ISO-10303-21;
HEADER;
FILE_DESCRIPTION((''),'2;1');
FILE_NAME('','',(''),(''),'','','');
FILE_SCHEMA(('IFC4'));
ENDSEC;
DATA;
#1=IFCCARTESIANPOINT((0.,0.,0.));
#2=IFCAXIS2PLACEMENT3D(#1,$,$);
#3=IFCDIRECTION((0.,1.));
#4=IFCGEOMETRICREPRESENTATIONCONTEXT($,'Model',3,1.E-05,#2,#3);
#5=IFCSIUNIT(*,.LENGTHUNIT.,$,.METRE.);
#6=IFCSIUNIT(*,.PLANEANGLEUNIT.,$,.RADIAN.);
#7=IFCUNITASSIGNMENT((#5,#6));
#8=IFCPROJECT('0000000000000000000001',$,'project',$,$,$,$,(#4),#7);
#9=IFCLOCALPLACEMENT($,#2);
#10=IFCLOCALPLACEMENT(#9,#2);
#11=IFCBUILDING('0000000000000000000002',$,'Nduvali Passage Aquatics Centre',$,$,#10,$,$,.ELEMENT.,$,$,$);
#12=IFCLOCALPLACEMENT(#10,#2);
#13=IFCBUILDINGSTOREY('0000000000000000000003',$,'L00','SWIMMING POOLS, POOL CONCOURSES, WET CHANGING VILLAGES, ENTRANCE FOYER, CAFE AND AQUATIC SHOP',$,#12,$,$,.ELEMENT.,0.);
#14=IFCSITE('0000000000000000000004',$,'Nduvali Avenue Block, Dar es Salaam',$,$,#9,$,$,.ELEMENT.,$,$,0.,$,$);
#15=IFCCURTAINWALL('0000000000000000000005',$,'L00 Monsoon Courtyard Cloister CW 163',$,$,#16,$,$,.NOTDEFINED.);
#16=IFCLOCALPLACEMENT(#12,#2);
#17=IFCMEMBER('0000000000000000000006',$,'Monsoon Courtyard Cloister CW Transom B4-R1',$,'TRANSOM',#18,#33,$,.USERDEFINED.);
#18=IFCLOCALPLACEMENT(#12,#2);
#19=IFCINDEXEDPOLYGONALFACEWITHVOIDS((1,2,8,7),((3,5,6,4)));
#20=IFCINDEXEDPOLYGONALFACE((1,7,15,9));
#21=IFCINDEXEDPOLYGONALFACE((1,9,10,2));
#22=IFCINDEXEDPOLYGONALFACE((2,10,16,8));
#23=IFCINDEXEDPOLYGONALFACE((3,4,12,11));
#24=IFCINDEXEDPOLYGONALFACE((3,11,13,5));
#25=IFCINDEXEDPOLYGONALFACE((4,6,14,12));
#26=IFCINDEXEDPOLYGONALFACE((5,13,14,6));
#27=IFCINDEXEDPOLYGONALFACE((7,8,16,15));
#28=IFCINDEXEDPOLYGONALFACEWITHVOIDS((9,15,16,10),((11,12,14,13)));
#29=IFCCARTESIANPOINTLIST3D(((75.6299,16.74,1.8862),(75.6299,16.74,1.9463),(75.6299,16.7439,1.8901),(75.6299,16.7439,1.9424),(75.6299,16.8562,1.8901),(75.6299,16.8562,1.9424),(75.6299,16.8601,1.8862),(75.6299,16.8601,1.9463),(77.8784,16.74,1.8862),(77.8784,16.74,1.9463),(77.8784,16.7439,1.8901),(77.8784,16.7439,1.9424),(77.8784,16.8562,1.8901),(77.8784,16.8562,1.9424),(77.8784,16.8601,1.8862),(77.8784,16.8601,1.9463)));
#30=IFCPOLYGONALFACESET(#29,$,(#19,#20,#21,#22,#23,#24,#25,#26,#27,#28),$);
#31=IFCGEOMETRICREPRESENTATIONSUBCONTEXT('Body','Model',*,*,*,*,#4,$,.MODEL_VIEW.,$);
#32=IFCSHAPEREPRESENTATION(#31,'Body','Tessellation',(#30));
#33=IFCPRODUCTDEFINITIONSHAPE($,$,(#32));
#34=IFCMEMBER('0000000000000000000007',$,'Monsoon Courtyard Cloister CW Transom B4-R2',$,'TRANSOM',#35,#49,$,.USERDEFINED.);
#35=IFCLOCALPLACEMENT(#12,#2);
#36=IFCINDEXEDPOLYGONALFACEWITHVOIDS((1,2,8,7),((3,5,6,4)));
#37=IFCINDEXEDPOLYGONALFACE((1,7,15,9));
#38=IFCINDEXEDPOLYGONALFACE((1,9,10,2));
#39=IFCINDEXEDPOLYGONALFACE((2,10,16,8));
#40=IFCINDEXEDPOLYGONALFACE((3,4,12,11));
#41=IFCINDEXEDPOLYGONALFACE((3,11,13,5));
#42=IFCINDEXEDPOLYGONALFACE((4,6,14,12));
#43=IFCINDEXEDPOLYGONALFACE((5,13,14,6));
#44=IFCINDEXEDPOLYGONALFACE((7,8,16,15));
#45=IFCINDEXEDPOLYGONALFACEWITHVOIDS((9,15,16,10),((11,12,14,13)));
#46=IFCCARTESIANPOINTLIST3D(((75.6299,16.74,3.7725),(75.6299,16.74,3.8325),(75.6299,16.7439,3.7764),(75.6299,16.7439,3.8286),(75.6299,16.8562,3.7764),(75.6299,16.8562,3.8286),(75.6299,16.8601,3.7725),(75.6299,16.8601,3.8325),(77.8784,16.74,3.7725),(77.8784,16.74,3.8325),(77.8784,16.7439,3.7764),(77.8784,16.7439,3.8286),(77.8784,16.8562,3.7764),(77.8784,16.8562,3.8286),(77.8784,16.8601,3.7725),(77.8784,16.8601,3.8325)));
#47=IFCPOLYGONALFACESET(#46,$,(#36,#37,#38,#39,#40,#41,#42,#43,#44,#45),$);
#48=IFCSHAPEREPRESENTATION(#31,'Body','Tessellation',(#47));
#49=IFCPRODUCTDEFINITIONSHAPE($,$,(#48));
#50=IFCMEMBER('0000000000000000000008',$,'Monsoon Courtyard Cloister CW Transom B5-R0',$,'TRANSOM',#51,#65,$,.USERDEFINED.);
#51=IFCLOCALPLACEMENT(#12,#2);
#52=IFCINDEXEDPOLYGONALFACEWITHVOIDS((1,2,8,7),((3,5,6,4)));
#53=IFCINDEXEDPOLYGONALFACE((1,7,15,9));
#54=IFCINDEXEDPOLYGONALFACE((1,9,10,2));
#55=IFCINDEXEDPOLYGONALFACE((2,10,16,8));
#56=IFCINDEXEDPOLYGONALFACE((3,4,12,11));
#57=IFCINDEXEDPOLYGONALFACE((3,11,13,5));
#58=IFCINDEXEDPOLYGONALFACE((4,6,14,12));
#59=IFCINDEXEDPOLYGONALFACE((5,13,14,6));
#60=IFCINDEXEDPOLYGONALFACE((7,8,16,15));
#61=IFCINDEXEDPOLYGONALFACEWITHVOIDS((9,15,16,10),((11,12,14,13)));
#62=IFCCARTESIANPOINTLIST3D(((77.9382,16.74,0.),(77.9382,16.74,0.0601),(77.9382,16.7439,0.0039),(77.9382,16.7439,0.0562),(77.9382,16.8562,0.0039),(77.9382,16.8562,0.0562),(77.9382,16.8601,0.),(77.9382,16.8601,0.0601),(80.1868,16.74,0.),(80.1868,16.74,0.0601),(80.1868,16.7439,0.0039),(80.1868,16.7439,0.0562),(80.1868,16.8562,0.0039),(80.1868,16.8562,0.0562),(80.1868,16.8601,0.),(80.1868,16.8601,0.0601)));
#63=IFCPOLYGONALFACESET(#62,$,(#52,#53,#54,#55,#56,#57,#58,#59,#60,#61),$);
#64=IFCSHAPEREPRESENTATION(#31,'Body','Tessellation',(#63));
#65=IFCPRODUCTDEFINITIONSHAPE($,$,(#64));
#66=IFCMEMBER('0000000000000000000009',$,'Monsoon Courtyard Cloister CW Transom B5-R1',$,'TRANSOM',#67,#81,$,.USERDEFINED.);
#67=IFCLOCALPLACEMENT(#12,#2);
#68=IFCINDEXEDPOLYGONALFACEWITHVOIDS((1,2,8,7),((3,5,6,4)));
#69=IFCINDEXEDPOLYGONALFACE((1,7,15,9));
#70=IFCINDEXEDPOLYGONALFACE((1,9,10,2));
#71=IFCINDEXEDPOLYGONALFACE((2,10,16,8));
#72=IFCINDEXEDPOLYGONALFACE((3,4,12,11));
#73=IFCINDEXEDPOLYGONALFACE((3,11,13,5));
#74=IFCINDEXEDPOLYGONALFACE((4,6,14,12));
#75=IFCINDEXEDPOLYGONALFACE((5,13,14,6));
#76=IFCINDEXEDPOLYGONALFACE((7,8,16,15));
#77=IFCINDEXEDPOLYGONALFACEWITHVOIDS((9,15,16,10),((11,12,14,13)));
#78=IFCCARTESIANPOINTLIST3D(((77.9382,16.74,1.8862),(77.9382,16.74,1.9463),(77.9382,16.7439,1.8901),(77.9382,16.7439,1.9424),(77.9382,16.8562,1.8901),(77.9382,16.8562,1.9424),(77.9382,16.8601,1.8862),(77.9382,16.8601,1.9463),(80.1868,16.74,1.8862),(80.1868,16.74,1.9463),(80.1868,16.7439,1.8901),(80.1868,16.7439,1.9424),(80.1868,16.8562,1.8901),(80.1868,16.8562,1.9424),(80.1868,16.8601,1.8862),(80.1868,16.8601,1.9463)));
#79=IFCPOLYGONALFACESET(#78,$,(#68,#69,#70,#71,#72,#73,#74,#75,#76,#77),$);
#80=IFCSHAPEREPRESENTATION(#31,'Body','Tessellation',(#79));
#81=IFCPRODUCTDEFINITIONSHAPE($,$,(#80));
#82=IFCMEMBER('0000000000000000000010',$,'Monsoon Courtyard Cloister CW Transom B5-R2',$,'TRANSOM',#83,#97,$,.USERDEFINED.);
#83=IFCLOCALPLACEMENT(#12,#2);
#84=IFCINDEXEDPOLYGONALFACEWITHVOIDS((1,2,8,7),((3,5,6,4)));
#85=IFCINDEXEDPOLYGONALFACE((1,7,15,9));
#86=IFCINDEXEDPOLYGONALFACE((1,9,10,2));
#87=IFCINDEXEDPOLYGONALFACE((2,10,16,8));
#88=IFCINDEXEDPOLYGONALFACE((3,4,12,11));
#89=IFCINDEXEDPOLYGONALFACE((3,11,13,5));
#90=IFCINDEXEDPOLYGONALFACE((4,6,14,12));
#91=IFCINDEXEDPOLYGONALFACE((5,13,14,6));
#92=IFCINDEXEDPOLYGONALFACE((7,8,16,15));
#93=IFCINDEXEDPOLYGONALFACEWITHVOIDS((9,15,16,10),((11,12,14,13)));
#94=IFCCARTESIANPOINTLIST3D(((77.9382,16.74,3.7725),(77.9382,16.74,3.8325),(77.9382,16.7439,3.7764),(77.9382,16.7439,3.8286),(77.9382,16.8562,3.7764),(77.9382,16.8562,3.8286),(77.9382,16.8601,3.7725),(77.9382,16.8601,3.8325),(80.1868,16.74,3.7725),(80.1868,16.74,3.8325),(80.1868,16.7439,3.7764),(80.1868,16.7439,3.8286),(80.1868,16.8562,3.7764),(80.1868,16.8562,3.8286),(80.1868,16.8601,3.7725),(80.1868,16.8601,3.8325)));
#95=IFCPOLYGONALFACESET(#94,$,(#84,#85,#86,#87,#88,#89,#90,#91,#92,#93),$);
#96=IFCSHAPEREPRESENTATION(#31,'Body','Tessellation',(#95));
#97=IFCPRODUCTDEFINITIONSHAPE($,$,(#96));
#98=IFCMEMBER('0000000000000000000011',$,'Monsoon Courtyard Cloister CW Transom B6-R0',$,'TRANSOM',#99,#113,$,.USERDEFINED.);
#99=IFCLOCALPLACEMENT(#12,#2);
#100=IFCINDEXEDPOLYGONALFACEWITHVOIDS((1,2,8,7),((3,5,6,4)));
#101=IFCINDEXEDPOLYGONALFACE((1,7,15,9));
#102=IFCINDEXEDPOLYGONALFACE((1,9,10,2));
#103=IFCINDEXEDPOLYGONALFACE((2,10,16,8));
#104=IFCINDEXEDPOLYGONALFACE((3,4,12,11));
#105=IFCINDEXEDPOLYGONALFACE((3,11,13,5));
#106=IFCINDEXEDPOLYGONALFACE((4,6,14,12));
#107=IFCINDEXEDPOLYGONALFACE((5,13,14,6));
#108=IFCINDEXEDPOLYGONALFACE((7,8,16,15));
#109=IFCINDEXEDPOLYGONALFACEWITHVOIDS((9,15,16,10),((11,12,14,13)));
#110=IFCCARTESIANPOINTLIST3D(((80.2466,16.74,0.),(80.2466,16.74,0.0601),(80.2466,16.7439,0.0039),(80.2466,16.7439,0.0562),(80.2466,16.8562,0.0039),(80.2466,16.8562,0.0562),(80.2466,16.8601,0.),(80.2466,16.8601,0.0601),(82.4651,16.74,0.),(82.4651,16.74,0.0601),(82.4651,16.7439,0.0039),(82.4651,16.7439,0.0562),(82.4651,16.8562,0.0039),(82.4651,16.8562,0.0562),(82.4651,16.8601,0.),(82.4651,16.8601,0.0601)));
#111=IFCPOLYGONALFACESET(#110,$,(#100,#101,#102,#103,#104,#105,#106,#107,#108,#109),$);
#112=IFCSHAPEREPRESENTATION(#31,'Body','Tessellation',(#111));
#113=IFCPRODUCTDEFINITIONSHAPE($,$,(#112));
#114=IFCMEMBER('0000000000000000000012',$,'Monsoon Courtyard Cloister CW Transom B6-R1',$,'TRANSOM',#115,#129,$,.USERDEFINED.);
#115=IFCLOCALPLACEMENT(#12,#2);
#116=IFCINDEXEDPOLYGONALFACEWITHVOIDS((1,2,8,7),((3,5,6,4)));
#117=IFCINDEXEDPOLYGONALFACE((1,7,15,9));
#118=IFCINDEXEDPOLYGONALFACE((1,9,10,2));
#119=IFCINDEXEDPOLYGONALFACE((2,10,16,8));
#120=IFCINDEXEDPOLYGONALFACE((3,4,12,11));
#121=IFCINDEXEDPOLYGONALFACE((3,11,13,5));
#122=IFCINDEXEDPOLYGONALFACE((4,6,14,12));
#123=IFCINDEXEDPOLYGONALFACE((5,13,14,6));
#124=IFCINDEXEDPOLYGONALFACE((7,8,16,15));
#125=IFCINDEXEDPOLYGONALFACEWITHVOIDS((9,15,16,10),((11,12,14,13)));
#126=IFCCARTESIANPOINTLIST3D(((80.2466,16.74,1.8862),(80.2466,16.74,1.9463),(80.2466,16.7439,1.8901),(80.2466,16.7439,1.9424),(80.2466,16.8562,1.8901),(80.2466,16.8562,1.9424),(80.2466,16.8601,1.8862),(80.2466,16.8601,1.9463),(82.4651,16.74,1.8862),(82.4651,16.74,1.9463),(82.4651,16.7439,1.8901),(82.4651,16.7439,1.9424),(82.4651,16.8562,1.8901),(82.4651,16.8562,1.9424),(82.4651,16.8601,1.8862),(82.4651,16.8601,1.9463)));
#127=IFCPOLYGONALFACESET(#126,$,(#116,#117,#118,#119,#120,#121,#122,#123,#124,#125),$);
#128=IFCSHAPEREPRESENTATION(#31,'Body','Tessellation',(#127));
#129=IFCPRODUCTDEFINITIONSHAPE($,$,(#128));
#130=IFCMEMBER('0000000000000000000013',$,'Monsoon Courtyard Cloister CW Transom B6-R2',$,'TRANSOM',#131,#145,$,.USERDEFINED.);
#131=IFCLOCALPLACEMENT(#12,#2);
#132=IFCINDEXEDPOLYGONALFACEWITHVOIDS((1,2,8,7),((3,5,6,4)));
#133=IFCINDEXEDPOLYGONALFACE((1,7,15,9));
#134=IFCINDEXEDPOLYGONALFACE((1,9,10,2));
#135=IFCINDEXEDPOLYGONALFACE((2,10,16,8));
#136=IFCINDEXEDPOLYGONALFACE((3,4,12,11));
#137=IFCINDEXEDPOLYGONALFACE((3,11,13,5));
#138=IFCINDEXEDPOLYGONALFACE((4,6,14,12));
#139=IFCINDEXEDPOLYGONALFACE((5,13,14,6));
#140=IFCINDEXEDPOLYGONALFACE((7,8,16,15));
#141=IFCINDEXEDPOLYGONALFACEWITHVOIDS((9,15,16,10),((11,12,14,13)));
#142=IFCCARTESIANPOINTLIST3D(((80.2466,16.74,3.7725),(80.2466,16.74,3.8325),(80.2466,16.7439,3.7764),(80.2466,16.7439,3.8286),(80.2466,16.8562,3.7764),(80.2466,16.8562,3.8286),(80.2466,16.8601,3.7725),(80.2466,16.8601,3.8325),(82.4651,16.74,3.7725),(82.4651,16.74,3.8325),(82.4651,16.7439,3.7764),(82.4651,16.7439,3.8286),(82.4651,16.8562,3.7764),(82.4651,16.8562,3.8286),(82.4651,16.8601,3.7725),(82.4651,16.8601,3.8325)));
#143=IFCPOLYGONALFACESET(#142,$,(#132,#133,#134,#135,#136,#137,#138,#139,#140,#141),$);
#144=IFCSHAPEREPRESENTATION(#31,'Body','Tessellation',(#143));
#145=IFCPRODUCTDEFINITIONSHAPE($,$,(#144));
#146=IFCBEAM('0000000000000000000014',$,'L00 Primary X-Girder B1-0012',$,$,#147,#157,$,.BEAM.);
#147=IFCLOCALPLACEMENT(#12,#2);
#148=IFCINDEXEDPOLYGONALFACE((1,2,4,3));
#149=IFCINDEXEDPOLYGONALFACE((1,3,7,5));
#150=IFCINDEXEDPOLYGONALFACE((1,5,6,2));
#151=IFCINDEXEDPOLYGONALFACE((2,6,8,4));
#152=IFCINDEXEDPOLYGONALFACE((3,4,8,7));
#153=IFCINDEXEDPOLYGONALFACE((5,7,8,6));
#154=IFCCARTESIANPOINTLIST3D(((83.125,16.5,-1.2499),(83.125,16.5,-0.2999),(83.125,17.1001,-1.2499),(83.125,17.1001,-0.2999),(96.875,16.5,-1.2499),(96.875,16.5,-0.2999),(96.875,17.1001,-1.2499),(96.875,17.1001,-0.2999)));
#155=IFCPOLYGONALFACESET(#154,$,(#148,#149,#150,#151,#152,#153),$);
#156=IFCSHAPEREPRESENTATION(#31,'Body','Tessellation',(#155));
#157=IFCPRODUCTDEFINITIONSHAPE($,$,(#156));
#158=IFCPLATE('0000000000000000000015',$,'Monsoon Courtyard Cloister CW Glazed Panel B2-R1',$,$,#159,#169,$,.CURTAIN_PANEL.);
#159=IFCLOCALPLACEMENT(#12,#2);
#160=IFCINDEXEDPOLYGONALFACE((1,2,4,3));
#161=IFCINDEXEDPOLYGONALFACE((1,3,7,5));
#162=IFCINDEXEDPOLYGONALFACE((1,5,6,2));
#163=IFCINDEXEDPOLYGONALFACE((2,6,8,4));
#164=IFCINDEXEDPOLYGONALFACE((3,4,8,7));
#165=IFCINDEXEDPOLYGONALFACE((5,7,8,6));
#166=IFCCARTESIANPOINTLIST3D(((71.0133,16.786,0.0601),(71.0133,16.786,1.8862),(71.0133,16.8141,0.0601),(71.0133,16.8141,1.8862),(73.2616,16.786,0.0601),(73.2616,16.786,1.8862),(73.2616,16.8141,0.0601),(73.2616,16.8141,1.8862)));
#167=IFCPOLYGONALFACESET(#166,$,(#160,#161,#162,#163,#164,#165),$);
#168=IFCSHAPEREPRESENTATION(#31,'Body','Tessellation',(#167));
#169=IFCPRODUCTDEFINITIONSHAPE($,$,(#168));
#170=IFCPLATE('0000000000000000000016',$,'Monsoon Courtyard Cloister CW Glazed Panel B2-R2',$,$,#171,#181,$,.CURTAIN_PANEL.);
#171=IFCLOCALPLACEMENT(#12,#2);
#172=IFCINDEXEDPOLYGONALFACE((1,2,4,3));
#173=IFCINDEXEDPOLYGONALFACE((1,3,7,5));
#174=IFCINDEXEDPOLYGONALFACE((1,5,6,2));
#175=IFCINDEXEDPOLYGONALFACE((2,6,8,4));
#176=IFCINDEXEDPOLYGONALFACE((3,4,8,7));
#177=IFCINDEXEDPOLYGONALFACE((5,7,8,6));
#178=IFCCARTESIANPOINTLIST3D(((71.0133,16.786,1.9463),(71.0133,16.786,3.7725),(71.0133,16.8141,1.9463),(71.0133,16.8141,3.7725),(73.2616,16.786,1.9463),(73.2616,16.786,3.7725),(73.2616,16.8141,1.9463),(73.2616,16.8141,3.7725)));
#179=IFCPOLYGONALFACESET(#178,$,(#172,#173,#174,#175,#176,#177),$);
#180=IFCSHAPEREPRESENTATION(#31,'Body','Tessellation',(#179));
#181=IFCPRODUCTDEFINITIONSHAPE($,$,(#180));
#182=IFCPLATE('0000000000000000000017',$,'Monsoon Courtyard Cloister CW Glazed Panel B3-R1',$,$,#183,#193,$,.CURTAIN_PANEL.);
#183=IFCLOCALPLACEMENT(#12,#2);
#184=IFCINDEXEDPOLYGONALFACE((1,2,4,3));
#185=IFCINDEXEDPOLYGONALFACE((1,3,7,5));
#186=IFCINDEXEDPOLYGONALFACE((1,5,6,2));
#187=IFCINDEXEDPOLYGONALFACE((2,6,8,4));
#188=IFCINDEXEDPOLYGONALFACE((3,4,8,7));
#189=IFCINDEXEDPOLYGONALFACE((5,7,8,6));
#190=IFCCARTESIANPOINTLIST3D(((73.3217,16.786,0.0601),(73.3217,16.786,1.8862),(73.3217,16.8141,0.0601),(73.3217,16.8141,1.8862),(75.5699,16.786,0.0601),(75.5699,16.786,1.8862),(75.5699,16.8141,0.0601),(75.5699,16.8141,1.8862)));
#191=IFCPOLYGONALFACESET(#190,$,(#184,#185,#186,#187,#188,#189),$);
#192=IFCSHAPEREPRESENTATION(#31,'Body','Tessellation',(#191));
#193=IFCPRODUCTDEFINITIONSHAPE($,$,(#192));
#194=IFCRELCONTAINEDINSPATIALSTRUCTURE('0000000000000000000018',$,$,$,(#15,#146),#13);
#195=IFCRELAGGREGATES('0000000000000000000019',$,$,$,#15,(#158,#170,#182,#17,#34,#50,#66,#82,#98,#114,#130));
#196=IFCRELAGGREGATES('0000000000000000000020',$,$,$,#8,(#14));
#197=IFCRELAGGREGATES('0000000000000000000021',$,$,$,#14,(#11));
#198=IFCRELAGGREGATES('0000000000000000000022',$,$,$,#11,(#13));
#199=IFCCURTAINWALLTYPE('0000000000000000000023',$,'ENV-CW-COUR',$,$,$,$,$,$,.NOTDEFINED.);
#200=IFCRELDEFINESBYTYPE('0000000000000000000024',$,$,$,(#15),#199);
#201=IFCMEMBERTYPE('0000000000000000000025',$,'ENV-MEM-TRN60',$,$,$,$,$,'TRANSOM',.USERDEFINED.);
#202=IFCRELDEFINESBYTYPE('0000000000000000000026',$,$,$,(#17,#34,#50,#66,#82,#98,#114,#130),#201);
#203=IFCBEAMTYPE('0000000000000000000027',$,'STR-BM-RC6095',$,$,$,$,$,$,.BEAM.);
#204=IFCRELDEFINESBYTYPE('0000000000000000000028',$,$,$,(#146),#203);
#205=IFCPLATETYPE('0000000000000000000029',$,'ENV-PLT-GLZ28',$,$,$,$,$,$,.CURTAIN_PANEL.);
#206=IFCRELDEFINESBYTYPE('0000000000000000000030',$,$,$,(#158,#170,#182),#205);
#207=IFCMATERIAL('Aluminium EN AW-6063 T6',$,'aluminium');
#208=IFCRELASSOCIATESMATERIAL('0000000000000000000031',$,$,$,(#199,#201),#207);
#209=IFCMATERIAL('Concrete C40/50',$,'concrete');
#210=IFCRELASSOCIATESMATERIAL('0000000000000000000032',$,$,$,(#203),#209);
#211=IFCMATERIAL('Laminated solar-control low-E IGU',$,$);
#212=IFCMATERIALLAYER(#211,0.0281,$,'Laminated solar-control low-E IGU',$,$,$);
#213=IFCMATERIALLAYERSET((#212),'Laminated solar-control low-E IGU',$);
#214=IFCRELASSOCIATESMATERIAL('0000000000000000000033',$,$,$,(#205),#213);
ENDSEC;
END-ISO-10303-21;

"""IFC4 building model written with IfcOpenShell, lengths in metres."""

from ifc_helpers import new_model, si_unit, direction, frame, origin, origin_2d, place, context, subcontext, project, spatial, rectangle, hollow_rectangle, extrude, material, layer, layer_set, material_profile, profile_set, type_object, element, aggregate, save


model = new_model("IFC4")

# Units and contexts
model_context = context("Model", 3, precision=1e-05, world=origin(), true_north=direction((0.0, 1.0)))
body_context = subcontext(model_context, "Body", "Model", "MODEL_VIEW")
ifc_project = project(units=[si_unit("LENGTHUNIT", "METRE"), si_unit("PLANEANGLEUNIT", "RADIAN")], contexts=[model_context])

# Site, building, storey
site_placement = place(None, origin())
site = spatial("IfcSite", under=ifc_project, at=site_placement, Name="Nduvali Avenue Block, Dar es Salaam", CompositionType="ELEMENT", RefElevation=0.0)
building_placement = place(site_placement, origin())
building = spatial("IfcBuilding", under=site, at=building_placement, Name="Nduvali Passage Aquatics Centre", CompositionType="ELEMENT")
storey_placement = place(building_placement, origin())
storey = spatial("IfcBuildingStorey", under=building, at=storey_placement, Name="L00", Description="SWIMMING POOLS, POOL CONCOURSES, WET CHANGING VILLAGES, ENTRANCE FOYER, CAFE AND AQUATIC SHOP", CompositionType="ELEMENT", Elevation=0.0)

# Shared definitions
ifc_material_1 = material(Name="Concrete C40/50", Category="concrete")

# Curtain wall
ifc_material_2 = material(Name="Aluminium EN AW-6063 T6", Category="aluminium")
curtain_wall_type = type_object("IfcCurtainWallType", Name="ENV-CW-COUR", PredefinedType="NOTDEFINED", material=ifc_material_2)
curtain_wall_1_placement = place(storey_placement, origin())
curtain_wall_1 = element("IfcCurtainWall", 1, at=curtain_wall_1_placement, inside=storey, type_object=curtain_wall_type, Name="L00 Monsoon Courtyard Cloister CW 163", PredefinedType="NOTDEFINED")

# Members
ifc_material_profile_1 = material_profile(ifc_material_2, hollow_rectangle(XDim=0.1201, YDim=0.0601, WallThickness=0.0039, at=origin_2d()), Name="ALU TRANSOM 120x60x4")
ifc_profile_set_1 = profile_set([ifc_material_profile_1], Name="Aluminium EN AW-6063 T6")
member_type_1 = type_object("IfcMemberType", Name="ENV-MEM-TRN60", ElementType="TRANSOM", PredefinedType="USERDEFINED", material=ifc_profile_set_1)
member_1_placement = place(storey_placement, frame((75.6299, 16.8, 1.9163), z_axis=(1.0, 0.0, 0.0), x_axis=(0.0, 1.0, 0.0)))
member_1 = element("IfcMember", 2, at=member_1_placement, type_object=member_type_1, Name="Monsoon Courtyard Cloister CW Transom B4-R1", ObjectType="TRANSOM", PredefinedType="USERDEFINED", context=body_context, shape_type="SweptSolid", body=[
    extrude(hollow_rectangle(XDim=0.1201, YDim=0.0601, WallThickness=0.0039, at=origin_2d()), origin(), (0.0, 0.0, 1.0), 2.2485),
])
member_2_placement = place(storey_placement, frame((75.6299, 16.8, 3.8025), z_axis=(1.0, 0.0, 0.0), x_axis=(0.0, 1.0, 0.0)))
member_2 = element("IfcMember", 3, at=member_2_placement, type_object=member_type_1, Name="Monsoon Courtyard Cloister CW Transom B4-R2", ObjectType="TRANSOM", PredefinedType="USERDEFINED", context=body_context, shape_type="SweptSolid", body=[
    extrude(hollow_rectangle(XDim=0.1201, YDim=0.0601, WallThickness=0.0039, at=origin_2d()), origin(), (0.0, 0.0, 1.0), 2.2485),
])
member_3_placement = place(storey_placement, frame((77.9382, 16.8, 0.03), z_axis=(1.0, 0.0, 0.0), x_axis=(0.0, 1.0, 0.0)))
member_3 = element("IfcMember", 4, at=member_3_placement, type_object=member_type_1, Name="Monsoon Courtyard Cloister CW Transom B5-R0", ObjectType="TRANSOM", PredefinedType="USERDEFINED", context=body_context, shape_type="SweptSolid", body=[
    extrude(hollow_rectangle(XDim=0.1201, YDim=0.0601, WallThickness=0.0039, at=origin_2d()), origin(), (0.0, 0.0, 1.0), 2.2485),
])
member_4_placement = place(storey_placement, frame((77.9382, 16.8, 1.9163), z_axis=(1.0, 0.0, 0.0), x_axis=(0.0, 1.0, 0.0)))
member_4 = element("IfcMember", 5, at=member_4_placement, type_object=member_type_1, Name="Monsoon Courtyard Cloister CW Transom B5-R1", ObjectType="TRANSOM", PredefinedType="USERDEFINED", context=body_context, shape_type="SweptSolid", body=[
    extrude(hollow_rectangle(XDim=0.1201, YDim=0.0601, WallThickness=0.0039, at=origin_2d()), origin(), (0.0, 0.0, 1.0), 2.2485),
])
member_5_placement = place(storey_placement, frame((77.9382, 16.8, 3.8025), z_axis=(1.0, 0.0, 0.0), x_axis=(0.0, 1.0, 0.0)))
member_5 = element("IfcMember", 6, at=member_5_placement, type_object=member_type_1, Name="Monsoon Courtyard Cloister CW Transom B5-R2", ObjectType="TRANSOM", PredefinedType="USERDEFINED", context=body_context, shape_type="SweptSolid", body=[
    extrude(hollow_rectangle(XDim=0.1201, YDim=0.0601, WallThickness=0.0039, at=origin_2d()), origin(), (0.0, 0.0, 1.0), 2.2485),
])
member_6_placement = place(storey_placement, frame((80.2466, 16.8, 0.03), z_axis=(1.0, 0.0, 0.0), x_axis=(0.0, 1.0, 0.0)))
member_6 = element("IfcMember", 7, at=member_6_placement, type_object=member_type_1, Name="Monsoon Courtyard Cloister CW Transom B6-R0", ObjectType="TRANSOM", PredefinedType="USERDEFINED", context=body_context, shape_type="SweptSolid", body=[
    extrude(hollow_rectangle(XDim=0.1201, YDim=0.0601, WallThickness=0.0039, at=origin_2d()), origin(), (0.0, 0.0, 1.0), 2.2185),
])
member_7_placement = place(storey_placement, frame((80.2466, 16.8, 1.9163), z_axis=(1.0, 0.0, 0.0), x_axis=(0.0, 1.0, 0.0)))
member_7 = element("IfcMember", 8, at=member_7_placement, type_object=member_type_1, Name="Monsoon Courtyard Cloister CW Transom B6-R1", ObjectType="TRANSOM", PredefinedType="USERDEFINED", context=body_context, shape_type="SweptSolid", body=[
    extrude(hollow_rectangle(XDim=0.1201, YDim=0.0601, WallThickness=0.0039, at=origin_2d()), origin(), (0.0, 0.0, 1.0), 2.2185),
])
member_8_placement = place(storey_placement, frame((80.2466, 16.8, 3.8025), z_axis=(1.0, 0.0, 0.0), x_axis=(0.0, 1.0, 0.0)))
member_8 = element("IfcMember", 9, at=member_8_placement, type_object=member_type_1, Name="Monsoon Courtyard Cloister CW Transom B6-R2", ObjectType="TRANSOM", PredefinedType="USERDEFINED", context=body_context, shape_type="SweptSolid", body=[
    extrude(hollow_rectangle(XDim=0.1201, YDim=0.0601, WallThickness=0.0039, at=origin_2d()), origin(), (0.0, 0.0, 1.0), 2.2185),
])

# Beam
ifc_material_profile_2 = material_profile(ifc_material_1, rectangle(XDim=0.6001, YDim=0.95, at=origin_2d()), Name="RC 600x950")
ifc_profile_set_2 = profile_set([ifc_material_profile_2], Name="Concrete C40/50")
beam_type = type_object("IfcBeamType", Name="STR-BM-RC6095", PredefinedType="BEAM", material=ifc_profile_set_2)
beam_placement = place(storey_placement, frame((83.125, 16.8, -0.7749), z_axis=(1.0, 0.0, 0.0), x_axis=(0.0, 1.0, 0.0)))
element("IfcBeam", 10, at=beam_placement, inside=storey, type_object=beam_type, Name="L00 Primary X-Girder B1-0012", PredefinedType="BEAM", context=body_context, shape_type="SweptSolid", body=[
    extrude(rectangle(XDim=0.6001, YDim=0.95, at=origin_2d()), origin(), (0.0, 0.0, 1.0), 13.75),
])

# Plates
ifc_material_3 = material(Name="Laminated solar-control low-E IGU")
ifc_layer = layer(ifc_material_3, 0.0281, Name="Laminated solar-control low-E IGU")
ifc_layer_set = layer_set([ifc_layer], Name="Laminated solar-control low-E IGU")
plate_type = type_object("IfcPlateType", Name="ENV-PLT-GLZ28", PredefinedType="CURTAIN_PANEL", material=ifc_layer_set)
plate_1_placement = place(storey_placement, frame((72.1375, 16.8, 0.0601), z_axis=(0.0, 0.0, 1.0), x_axis=(1.0, 0.0, 0.0)))
plate_1 = element("IfcPlate", 11, at=plate_1_placement, type_object=plate_type, Name="Monsoon Courtyard Cloister CW Glazed Panel B2-R1", PredefinedType="CURTAIN_PANEL", context=body_context, shape_type="SweptSolid", body=[
    extrude(rectangle(XDim=2.2483, YDim=0.0281, at=origin_2d()), origin(), (0.0, 0.0, 1.0), 1.8262),
])
plate_2_placement = place(storey_placement, frame((72.1375, 16.8, 1.9463), z_axis=(0.0, 0.0, 1.0), x_axis=(1.0, 0.0, 0.0)))
plate_2 = element("IfcPlate", 12, at=plate_2_placement, type_object=plate_type, Name="Monsoon Courtyard Cloister CW Glazed Panel B2-R2", PredefinedType="CURTAIN_PANEL", context=body_context, shape_type="SweptSolid", body=[
    extrude(rectangle(XDim=2.2483, YDim=0.0281, at=origin_2d()), origin(), (0.0, 0.0, 1.0), 1.8262),
])
plate_3_placement = place(storey_placement, frame((74.4458, 16.8, 0.0601), z_axis=(0.0, 0.0, 1.0), x_axis=(1.0, 0.0, 0.0)))
plate_3 = element("IfcPlate", 13, at=plate_3_placement, type_object=plate_type, Name="Monsoon Courtyard Cloister CW Glazed Panel B3-R1", PredefinedType="CURTAIN_PANEL", context=body_context, shape_type="SweptSolid", body=[
    extrude(rectangle(XDim=2.2483, YDim=0.0281, at=origin_2d()), origin(), (0.0, 0.0, 1.0), 1.8262),
])
aggregate(curtain_wall_1, [plate_1, plate_2, plate_3, member_1, member_2, member_3, member_4, member_5, member_6, member_7, member_8])

save(model, "model.ifc")
